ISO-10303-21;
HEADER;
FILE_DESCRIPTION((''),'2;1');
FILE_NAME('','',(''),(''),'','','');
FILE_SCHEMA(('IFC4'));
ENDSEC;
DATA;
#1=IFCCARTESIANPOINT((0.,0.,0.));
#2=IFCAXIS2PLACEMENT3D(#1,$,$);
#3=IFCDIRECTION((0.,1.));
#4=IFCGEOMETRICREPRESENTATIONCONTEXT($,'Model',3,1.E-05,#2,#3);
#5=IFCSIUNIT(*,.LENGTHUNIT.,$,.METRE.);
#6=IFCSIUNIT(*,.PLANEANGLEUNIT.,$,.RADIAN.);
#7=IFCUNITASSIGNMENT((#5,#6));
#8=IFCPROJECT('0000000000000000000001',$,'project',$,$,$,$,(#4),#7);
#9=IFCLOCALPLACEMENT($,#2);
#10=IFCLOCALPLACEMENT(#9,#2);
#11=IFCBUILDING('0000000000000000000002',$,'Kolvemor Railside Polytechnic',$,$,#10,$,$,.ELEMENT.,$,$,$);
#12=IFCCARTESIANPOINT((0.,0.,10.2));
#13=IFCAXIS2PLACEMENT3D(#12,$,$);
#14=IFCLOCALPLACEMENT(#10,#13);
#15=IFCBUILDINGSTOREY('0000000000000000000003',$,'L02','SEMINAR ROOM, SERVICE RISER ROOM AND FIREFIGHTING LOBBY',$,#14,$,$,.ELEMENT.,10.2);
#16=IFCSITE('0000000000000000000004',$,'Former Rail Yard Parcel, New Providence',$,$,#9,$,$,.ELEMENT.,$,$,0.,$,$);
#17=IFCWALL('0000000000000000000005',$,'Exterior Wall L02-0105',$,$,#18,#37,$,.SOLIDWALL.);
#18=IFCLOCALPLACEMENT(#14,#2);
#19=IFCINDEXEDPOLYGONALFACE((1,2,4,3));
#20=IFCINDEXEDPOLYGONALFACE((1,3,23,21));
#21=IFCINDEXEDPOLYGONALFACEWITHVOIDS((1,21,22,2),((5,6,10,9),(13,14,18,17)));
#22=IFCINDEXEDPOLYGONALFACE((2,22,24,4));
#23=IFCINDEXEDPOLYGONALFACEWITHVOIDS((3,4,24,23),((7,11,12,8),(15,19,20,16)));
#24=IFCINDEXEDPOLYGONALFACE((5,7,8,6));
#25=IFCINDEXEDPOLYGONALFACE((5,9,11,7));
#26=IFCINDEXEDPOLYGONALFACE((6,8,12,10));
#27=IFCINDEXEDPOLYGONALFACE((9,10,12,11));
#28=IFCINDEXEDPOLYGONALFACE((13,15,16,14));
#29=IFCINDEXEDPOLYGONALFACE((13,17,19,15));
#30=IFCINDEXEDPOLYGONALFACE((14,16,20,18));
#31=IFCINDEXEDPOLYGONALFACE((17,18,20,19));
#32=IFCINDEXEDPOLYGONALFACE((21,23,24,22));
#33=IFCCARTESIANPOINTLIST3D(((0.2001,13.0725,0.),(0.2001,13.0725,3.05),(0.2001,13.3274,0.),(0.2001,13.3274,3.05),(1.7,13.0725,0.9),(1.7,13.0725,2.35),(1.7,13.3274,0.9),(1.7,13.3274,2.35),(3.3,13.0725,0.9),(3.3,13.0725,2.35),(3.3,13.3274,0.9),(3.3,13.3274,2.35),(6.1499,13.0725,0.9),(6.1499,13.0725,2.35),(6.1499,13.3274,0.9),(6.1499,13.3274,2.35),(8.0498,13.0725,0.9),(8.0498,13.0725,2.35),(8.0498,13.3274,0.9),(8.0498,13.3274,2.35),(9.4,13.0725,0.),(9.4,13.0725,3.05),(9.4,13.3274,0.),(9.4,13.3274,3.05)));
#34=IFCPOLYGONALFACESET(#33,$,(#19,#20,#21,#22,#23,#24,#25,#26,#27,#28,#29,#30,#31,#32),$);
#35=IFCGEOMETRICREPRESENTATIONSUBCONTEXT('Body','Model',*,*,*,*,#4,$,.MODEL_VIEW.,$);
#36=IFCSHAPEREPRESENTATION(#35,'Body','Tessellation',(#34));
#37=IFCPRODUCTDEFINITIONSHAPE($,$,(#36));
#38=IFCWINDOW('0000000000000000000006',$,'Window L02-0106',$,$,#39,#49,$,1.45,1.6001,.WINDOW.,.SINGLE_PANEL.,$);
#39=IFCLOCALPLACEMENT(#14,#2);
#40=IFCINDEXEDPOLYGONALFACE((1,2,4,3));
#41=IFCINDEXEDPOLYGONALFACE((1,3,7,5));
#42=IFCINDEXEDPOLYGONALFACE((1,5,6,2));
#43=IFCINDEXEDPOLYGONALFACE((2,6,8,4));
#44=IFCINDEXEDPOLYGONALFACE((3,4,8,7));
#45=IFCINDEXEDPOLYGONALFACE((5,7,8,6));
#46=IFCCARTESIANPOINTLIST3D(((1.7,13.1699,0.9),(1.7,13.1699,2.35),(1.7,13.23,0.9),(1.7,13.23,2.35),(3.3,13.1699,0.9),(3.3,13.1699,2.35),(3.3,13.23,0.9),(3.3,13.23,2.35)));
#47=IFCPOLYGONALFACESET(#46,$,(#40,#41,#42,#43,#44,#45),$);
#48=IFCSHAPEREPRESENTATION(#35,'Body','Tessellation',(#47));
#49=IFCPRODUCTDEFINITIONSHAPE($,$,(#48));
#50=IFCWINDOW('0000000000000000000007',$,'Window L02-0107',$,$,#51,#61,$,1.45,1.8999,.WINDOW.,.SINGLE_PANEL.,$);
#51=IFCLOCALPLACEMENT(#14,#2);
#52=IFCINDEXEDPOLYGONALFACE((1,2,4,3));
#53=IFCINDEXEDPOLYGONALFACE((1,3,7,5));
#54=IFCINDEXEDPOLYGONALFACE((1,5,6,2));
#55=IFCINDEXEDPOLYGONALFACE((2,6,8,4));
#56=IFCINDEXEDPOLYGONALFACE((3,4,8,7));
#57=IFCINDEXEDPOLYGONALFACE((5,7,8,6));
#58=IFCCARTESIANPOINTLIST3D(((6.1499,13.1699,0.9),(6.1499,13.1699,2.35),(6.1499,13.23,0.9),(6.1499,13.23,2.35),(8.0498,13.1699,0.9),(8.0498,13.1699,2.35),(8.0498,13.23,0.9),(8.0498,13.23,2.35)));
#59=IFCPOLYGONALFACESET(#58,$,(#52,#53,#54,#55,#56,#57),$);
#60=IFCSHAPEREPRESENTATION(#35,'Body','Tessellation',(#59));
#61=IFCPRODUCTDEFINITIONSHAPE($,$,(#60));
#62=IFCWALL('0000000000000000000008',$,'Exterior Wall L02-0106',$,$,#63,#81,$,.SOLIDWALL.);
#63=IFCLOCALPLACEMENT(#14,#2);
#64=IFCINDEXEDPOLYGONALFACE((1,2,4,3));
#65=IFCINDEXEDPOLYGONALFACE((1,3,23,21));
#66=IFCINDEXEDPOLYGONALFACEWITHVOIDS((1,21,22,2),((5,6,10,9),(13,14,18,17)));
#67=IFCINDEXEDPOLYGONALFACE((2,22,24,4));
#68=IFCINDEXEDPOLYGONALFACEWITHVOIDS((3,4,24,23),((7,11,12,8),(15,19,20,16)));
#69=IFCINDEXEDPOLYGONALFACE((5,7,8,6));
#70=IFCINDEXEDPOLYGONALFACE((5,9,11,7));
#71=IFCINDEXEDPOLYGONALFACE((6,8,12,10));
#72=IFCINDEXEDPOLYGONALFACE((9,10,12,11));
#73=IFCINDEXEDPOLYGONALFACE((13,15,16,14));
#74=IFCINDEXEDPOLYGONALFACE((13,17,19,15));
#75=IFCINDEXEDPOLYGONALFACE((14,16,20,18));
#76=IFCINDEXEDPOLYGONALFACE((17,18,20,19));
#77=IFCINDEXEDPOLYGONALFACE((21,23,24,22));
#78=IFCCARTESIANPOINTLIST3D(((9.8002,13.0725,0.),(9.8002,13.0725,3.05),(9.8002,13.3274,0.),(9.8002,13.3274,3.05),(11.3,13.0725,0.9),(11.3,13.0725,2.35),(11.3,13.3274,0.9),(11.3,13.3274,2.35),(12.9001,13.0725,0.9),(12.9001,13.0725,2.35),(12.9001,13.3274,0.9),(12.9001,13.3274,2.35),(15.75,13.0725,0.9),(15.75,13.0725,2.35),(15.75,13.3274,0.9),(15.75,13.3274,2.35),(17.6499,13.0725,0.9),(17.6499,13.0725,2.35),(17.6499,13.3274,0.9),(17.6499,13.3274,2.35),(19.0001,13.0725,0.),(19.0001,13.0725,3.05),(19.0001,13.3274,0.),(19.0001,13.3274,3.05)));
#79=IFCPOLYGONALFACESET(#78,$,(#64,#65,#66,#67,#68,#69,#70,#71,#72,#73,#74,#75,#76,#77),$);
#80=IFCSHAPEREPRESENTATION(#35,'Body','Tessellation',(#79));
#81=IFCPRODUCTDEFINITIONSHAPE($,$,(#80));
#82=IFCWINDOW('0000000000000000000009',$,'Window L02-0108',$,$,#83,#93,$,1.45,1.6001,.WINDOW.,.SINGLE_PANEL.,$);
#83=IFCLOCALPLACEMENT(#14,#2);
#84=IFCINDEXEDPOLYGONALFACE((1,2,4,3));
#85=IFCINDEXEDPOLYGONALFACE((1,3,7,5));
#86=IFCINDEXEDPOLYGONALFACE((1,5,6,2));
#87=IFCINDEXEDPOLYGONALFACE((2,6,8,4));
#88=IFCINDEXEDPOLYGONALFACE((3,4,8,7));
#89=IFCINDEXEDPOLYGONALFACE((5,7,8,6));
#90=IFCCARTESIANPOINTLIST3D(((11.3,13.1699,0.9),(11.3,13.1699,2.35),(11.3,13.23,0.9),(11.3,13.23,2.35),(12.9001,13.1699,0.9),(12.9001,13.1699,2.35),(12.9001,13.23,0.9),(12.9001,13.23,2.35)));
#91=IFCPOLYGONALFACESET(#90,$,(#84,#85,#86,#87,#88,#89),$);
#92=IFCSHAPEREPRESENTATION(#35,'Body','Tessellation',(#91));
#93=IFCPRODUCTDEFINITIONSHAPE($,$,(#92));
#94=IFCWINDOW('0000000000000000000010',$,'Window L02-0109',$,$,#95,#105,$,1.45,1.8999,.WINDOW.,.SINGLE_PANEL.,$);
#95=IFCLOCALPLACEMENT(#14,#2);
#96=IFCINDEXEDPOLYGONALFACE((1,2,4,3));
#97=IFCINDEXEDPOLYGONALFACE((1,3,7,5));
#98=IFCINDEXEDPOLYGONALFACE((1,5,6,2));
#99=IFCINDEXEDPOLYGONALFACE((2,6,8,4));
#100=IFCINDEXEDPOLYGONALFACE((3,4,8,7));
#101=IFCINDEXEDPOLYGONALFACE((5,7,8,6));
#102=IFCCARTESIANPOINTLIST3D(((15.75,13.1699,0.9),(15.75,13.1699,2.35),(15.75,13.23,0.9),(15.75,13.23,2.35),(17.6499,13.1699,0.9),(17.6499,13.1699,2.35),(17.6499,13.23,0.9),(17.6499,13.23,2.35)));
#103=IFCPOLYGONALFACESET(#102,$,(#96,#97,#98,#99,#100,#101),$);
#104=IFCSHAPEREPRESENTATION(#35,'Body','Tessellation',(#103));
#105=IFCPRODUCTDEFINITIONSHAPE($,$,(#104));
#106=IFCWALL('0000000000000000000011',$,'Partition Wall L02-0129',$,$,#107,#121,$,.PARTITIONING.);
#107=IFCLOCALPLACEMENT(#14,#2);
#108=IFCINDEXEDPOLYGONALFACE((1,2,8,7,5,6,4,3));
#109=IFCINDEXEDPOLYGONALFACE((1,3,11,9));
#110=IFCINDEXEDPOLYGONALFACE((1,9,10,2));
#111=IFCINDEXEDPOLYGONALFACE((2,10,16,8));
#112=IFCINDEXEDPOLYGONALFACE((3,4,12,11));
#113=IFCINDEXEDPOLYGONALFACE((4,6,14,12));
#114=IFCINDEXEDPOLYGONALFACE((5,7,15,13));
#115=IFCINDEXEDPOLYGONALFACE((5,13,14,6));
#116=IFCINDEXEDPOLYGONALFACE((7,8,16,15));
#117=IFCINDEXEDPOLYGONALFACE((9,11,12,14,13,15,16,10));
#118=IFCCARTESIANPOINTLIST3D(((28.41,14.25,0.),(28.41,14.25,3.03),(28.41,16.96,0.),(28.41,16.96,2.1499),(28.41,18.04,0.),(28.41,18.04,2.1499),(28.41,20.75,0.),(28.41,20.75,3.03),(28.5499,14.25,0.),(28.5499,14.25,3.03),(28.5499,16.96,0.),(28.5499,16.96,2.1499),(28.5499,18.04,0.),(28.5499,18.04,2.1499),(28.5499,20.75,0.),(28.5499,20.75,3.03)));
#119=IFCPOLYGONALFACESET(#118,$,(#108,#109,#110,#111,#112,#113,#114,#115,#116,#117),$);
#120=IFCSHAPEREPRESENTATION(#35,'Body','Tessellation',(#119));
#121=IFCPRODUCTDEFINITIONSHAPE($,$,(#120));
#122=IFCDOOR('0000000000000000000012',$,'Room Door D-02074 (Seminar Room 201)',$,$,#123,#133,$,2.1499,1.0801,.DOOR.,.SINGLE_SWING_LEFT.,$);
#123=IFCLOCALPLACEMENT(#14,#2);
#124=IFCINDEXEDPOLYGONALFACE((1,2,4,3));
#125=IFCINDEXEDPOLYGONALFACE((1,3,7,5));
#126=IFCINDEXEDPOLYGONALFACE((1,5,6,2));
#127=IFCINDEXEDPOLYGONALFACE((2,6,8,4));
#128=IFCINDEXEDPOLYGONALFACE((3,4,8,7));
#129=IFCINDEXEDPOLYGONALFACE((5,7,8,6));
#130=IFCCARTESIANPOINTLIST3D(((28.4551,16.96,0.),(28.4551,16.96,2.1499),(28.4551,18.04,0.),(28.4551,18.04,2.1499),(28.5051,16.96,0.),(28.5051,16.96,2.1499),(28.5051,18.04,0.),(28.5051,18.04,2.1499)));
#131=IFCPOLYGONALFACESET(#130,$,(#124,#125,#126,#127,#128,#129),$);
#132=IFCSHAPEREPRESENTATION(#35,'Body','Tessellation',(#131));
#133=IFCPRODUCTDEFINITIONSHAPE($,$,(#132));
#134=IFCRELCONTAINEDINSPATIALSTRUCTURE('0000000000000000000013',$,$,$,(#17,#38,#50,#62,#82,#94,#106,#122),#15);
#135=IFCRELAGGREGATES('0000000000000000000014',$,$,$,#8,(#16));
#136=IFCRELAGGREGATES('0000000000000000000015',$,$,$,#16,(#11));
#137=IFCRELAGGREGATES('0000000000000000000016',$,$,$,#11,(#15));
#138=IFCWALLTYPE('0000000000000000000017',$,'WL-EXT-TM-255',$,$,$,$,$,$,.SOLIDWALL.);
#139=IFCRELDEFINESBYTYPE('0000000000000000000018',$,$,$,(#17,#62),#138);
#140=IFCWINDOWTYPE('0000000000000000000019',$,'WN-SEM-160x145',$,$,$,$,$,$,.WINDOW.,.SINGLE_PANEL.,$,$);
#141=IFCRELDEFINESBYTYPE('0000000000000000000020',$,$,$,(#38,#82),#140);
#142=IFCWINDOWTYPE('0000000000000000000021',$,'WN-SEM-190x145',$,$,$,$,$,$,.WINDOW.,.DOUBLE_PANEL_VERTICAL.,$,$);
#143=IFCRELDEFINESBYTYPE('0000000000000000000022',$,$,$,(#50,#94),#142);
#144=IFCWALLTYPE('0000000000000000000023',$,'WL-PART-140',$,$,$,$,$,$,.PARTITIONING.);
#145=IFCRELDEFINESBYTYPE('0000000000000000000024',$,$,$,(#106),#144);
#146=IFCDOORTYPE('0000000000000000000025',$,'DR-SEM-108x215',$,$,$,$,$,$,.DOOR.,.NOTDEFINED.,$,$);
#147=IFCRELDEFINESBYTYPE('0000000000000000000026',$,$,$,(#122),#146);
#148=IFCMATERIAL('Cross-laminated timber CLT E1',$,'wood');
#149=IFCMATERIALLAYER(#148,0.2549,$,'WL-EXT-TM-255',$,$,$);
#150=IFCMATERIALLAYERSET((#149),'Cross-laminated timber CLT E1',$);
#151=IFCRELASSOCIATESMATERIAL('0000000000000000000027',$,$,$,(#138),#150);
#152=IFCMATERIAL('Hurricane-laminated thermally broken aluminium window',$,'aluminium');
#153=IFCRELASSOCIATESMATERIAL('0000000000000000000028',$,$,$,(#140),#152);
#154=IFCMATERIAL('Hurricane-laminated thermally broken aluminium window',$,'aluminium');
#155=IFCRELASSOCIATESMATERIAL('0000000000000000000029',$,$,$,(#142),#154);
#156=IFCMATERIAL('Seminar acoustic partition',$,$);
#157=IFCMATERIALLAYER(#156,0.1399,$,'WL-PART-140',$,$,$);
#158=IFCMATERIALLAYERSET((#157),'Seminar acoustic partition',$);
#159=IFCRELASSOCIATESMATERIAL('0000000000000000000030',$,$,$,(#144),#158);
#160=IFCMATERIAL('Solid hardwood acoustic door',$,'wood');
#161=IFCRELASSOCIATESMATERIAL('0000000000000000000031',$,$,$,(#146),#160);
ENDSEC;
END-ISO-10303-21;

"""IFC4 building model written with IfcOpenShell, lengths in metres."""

from ifc_helpers import new_model, si_unit, direction, frame, frame_2d, origin, place, context, subcontext, project, spatial, rectangle, extrude, material, layer, layer_set, type_object, element, fill, save


model = new_model("IFC4")

# Units and contexts
model_context = context("Model", 3, precision=1e-05, world=origin(), true_north=direction((0.0, 1.0)))
body_context = subcontext(model_context, "Body", "Model", "MODEL_VIEW")
ifc_project = project(units=[si_unit("LENGTHUNIT", "METRE"), si_unit("PLANEANGLEUNIT", "RADIAN")], contexts=[model_context])

# Site, building, storey
site_placement = place(None, origin())
site = spatial("IfcSite", under=ifc_project, at=site_placement, Name="Former Rail Yard Parcel, New Providence", CompositionType="ELEMENT", RefElevation=0.0)
building_placement = place(site_placement, origin())
building = spatial("IfcBuilding", under=site, at=building_placement, Name="Kolvemor Railside Polytechnic", CompositionType="ELEMENT")
storey_placement = place(building_placement, frame((0.0, 0.0, 10.2)))
storey = spatial("IfcBuildingStorey", under=building, at=storey_placement, Name="L02", Description="SEMINAR ROOM, SERVICE RISER ROOM AND FIREFIGHTING LOBBY", CompositionType="ELEMENT", Elevation=10.2)

# Walls, openings, windows
ifc_material_1 = material(Name="Cross-laminated timber CLT E1", Category="wood")
ifc_layer_1 = layer(ifc_material_1, 0.2549, Name="WL-EXT-TM-255")
ifc_layer_set_1 = layer_set([ifc_layer_1], Name="Cross-laminated timber CLT E1")
wall_type_1 = type_object("IfcWallType", Name="WL-EXT-TM-255", PredefinedType="SOLIDWALL", material=ifc_layer_set_1)
wall_1_placement = place(storey_placement, frame((0.2, 13.2, 0.0), z_axis=(0.0, 0.0, 1.0), x_axis=(1.0, 0.0, 0.0)))
wall_1 = element("IfcWall", 1, at=wall_1_placement, inside=storey, type_object=wall_type_1, Name="Exterior Wall L02-0105", PredefinedType="SOLIDWALL", context=body_context, shape_type="SweptSolid", body=[
    extrude(rectangle(XDim=9.2, YDim=0.2549, at=frame_2d((4.6001, 0.0))), origin(), (0.0, 0.0, 1.0), 3.05),
])
opening_1_placement = place(wall_1_placement, frame((1.5, 0.0, 0.8999)))
opening_1 = element("IfcOpeningElement", 2, at=opening_1_placement, cuts=wall_1, PredefinedType="OPENING", context=body_context, shape_type="SweptSolid", body=[
    extrude(rectangle(XDim=1.6001, YDim=1.45, at=frame_2d((0.8, 0.7251))), frame((0.0, 0.1375, 0.0), z_axis=(0.0, -1.0, 0.0), x_axis=(1.0, 0.0, 0.0)), (0.0, 0.0, 1.0), 0.2749),
])
opening_2_placement = place(wall_1_placement, frame((5.95, 0.0, 0.8999)))
opening_2 = element("IfcOpeningElement", 3, at=opening_2_placement, cuts=wall_1, PredefinedType="OPENING", context=body_context, shape_type="SweptSolid", body=[
    extrude(rectangle(XDim=1.8999, YDim=1.45, at=frame_2d((0.95, 0.7251))), frame((0.0, 0.1375, 0.0), z_axis=(0.0, -1.0, 0.0), x_axis=(1.0, 0.0, 0.0)), (0.0, 0.0, 1.0), 0.2749),
])
ifc_material_2 = material(Name="Hurricane-laminated thermally broken aluminium window", Category="aluminium")
window_type_1 = type_object("IfcWindowType", Name="WN-SEM-160x145", PartitioningType="SINGLE_PANEL", PredefinedType="WINDOW", material=ifc_material_2)
window_1_placement = place(opening_1_placement, origin())
window_1 = element("IfcWindow", 4, at=window_1_placement, inside=storey, type_object=window_type_1, Name="Window L02-0106", OverallHeight=1.45, OverallWidth=1.6001, PartitioningType="SINGLE_PANEL", PredefinedType="WINDOW", context=body_context, shape_type="SweptSolid", body=[
    extrude(rectangle(XDim=1.6001, YDim=1.45, at=frame_2d((0.8, 0.7251))), frame((0.0, 0.03, 0.0), z_axis=(0.0, -1.0, 0.0), x_axis=(1.0, 0.0, 0.0)), (0.0, 0.0, 1.0), 0.0601),
])
fill(opening_1, window_1)
ifc_material_3 = material(Name="Hurricane-laminated thermally broken aluminium window", Category="aluminium")
window_type_2 = type_object("IfcWindowType", Name="WN-SEM-190x145", PartitioningType="DOUBLE_PANEL_VERTICAL", PredefinedType="WINDOW", material=ifc_material_3)
window_2_placement = place(opening_2_placement, origin())
window_2 = element("IfcWindow", 5, at=window_2_placement, inside=storey, type_object=window_type_2, Name="Window L02-0107", OverallHeight=1.45, OverallWidth=1.8999, PartitioningType="SINGLE_PANEL", PredefinedType="WINDOW", context=body_context, shape_type="SweptSolid", body=[
    extrude(rectangle(XDim=1.8999, YDim=1.45, at=frame_2d((0.95, 0.7251))), frame((0.0, 0.03, 0.0), z_axis=(0.0, -1.0, 0.0), x_axis=(1.0, 0.0, 0.0)), (0.0, 0.0, 1.0), 0.0601),
])
fill(opening_2, window_2)
wall_2_placement = place(storey_placement, frame((9.8, 13.2, 0.0), z_axis=(0.0, 0.0, 1.0), x_axis=(1.0, 0.0, 0.0)))
wall_2 = element("IfcWall", 6, at=wall_2_placement, inside=storey, type_object=wall_type_1, Name="Exterior Wall L02-0106", PredefinedType="SOLIDWALL", context=body_context, shape_type="SweptSolid", body=[
    extrude(rectangle(XDim=9.2, YDim=0.2549, at=frame_2d((4.6001, 0.0))), origin(), (0.0, 0.0, 1.0), 3.05),
])
opening_3_placement = place(wall_2_placement, frame((1.5, 0.0, 0.8999)))
opening_3 = element("IfcOpeningElement", 7, at=opening_3_placement, cuts=wall_2, PredefinedType="OPENING", context=body_context, shape_type="SweptSolid", body=[
    extrude(rectangle(XDim=1.6001, YDim=1.45, at=frame_2d((0.8, 0.7251))), frame((0.0, 0.1375, 0.0), z_axis=(0.0, -1.0, 0.0), x_axis=(1.0, 0.0, 0.0)), (0.0, 0.0, 1.0), 0.2749),
])
opening_4_placement = place(wall_2_placement, frame((5.95, 0.0, 0.8999)))
opening_4 = element("IfcOpeningElement", 8, at=opening_4_placement, cuts=wall_2, PredefinedType="OPENING", context=body_context, shape_type="SweptSolid", body=[
    extrude(rectangle(XDim=1.8999, YDim=1.45, at=frame_2d((0.95, 0.7251))), frame((0.0, 0.1375, 0.0), z_axis=(0.0, -1.0, 0.0), x_axis=(1.0, 0.0, 0.0)), (0.0, 0.0, 1.0), 0.2749),
])
window_3_placement = place(opening_3_placement, origin())
window_3 = element("IfcWindow", 9, at=window_3_placement, inside=storey, type_object=window_type_1, Name="Window L02-0108", OverallHeight=1.45, OverallWidth=1.6001, PartitioningType="SINGLE_PANEL", PredefinedType="WINDOW", context=body_context, shape_type="SweptSolid", body=[
    extrude(rectangle(XDim=1.6001, YDim=1.45, at=frame_2d((0.8, 0.7251))), frame((0.0, 0.03, 0.0), z_axis=(0.0, -1.0, 0.0), x_axis=(1.0, 0.0, 0.0)), (0.0, 0.0, 1.0), 0.0601),
])
fill(opening_3, window_3)
window_4_placement = place(opening_4_placement, origin())
window_4 = element("IfcWindow", 10, at=window_4_placement, inside=storey, type_object=window_type_2, Name="Window L02-0109", OverallHeight=1.45, OverallWidth=1.8999, PartitioningType="SINGLE_PANEL", PredefinedType="WINDOW", context=body_context, shape_type="SweptSolid", body=[
    extrude(rectangle(XDim=1.8999, YDim=1.45, at=frame_2d((0.95, 0.7251))), frame((0.0, 0.03, 0.0), z_axis=(0.0, -1.0, 0.0), x_axis=(1.0, 0.0, 0.0)), (0.0, 0.0, 1.0), 0.0601),
])
fill(opening_4, window_4)

# Wall, opening, door
ifc_material_4 = material(Name="Seminar acoustic partition")
ifc_layer_2 = layer(ifc_material_4, 0.1399, Name="WL-PART-140")
ifc_layer_set_2 = layer_set([ifc_layer_2], Name="Seminar acoustic partition")
wall_type_2 = type_object("IfcWallType", Name="WL-PART-140", PredefinedType="PARTITIONING", material=ifc_layer_set_2)
wall_3_placement = place(storey_placement, frame((28.48, 14.25, 0.0), z_axis=(0.0, 0.0, 1.0), x_axis=(0.0, 1.0, 0.0)))
wall_3 = element("IfcWall", 11, at=wall_3_placement, inside=storey, type_object=wall_type_2, Name="Partition Wall L02-0129", PredefinedType="PARTITIONING", context=body_context, shape_type="SweptSolid", body=[
    extrude(rectangle(XDim=6.5, YDim=0.1399, at=frame_2d((3.25, 0.0))), origin(), (0.0, 0.0, 1.0), 3.03),
])
opening_5_placement = place(wall_3_placement, frame((2.71, 0.0, 0.0)))
opening_5 = element("IfcOpeningElement", 12, at=opening_5_placement, cuts=wall_3, PredefinedType="OPENING", context=body_context, shape_type="SweptSolid", body=[
    extrude(rectangle(XDim=1.0801, YDim=2.1499, at=frame_2d((0.54, 1.075))), frame((0.0, 0.0798, 0.0), z_axis=(0.0, -1.0, 0.0), x_axis=(1.0, 0.0, 0.0)), (0.0, 0.0, 1.0), 0.1599),
])
ifc_material_5 = material(Name="Solid hardwood acoustic door", Category="wood")
door_type_1 = type_object("IfcDoorType", Name="DR-SEM-108x215", OperationType="NOTDEFINED", PredefinedType="DOOR", material=ifc_material_5)
door_1_placement = place(opening_5_placement, origin())
door_1 = element("IfcDoor", 13, at=door_1_placement, inside=storey, type_object=door_type_1, Name="Room Door D-02074 (Seminar Room 201)", OperationType="SINGLE_SWING_LEFT", OverallHeight=2.1499, OverallWidth=1.0801, PredefinedType="DOOR", context=body_context, shape_type="SweptSolid", body=[
    extrude(rectangle(XDim=1.0801, YDim=2.1499, at=frame_2d((0.54, 1.075))), frame((0.0, 0.0249, 0.0), z_axis=(0.0, -1.0, 0.0), x_axis=(1.0, 0.0, 0.0)), (0.0, 0.0, 1.0), 0.05),
])
fill(opening_5, door_1)

save(model, "model.ifc")
